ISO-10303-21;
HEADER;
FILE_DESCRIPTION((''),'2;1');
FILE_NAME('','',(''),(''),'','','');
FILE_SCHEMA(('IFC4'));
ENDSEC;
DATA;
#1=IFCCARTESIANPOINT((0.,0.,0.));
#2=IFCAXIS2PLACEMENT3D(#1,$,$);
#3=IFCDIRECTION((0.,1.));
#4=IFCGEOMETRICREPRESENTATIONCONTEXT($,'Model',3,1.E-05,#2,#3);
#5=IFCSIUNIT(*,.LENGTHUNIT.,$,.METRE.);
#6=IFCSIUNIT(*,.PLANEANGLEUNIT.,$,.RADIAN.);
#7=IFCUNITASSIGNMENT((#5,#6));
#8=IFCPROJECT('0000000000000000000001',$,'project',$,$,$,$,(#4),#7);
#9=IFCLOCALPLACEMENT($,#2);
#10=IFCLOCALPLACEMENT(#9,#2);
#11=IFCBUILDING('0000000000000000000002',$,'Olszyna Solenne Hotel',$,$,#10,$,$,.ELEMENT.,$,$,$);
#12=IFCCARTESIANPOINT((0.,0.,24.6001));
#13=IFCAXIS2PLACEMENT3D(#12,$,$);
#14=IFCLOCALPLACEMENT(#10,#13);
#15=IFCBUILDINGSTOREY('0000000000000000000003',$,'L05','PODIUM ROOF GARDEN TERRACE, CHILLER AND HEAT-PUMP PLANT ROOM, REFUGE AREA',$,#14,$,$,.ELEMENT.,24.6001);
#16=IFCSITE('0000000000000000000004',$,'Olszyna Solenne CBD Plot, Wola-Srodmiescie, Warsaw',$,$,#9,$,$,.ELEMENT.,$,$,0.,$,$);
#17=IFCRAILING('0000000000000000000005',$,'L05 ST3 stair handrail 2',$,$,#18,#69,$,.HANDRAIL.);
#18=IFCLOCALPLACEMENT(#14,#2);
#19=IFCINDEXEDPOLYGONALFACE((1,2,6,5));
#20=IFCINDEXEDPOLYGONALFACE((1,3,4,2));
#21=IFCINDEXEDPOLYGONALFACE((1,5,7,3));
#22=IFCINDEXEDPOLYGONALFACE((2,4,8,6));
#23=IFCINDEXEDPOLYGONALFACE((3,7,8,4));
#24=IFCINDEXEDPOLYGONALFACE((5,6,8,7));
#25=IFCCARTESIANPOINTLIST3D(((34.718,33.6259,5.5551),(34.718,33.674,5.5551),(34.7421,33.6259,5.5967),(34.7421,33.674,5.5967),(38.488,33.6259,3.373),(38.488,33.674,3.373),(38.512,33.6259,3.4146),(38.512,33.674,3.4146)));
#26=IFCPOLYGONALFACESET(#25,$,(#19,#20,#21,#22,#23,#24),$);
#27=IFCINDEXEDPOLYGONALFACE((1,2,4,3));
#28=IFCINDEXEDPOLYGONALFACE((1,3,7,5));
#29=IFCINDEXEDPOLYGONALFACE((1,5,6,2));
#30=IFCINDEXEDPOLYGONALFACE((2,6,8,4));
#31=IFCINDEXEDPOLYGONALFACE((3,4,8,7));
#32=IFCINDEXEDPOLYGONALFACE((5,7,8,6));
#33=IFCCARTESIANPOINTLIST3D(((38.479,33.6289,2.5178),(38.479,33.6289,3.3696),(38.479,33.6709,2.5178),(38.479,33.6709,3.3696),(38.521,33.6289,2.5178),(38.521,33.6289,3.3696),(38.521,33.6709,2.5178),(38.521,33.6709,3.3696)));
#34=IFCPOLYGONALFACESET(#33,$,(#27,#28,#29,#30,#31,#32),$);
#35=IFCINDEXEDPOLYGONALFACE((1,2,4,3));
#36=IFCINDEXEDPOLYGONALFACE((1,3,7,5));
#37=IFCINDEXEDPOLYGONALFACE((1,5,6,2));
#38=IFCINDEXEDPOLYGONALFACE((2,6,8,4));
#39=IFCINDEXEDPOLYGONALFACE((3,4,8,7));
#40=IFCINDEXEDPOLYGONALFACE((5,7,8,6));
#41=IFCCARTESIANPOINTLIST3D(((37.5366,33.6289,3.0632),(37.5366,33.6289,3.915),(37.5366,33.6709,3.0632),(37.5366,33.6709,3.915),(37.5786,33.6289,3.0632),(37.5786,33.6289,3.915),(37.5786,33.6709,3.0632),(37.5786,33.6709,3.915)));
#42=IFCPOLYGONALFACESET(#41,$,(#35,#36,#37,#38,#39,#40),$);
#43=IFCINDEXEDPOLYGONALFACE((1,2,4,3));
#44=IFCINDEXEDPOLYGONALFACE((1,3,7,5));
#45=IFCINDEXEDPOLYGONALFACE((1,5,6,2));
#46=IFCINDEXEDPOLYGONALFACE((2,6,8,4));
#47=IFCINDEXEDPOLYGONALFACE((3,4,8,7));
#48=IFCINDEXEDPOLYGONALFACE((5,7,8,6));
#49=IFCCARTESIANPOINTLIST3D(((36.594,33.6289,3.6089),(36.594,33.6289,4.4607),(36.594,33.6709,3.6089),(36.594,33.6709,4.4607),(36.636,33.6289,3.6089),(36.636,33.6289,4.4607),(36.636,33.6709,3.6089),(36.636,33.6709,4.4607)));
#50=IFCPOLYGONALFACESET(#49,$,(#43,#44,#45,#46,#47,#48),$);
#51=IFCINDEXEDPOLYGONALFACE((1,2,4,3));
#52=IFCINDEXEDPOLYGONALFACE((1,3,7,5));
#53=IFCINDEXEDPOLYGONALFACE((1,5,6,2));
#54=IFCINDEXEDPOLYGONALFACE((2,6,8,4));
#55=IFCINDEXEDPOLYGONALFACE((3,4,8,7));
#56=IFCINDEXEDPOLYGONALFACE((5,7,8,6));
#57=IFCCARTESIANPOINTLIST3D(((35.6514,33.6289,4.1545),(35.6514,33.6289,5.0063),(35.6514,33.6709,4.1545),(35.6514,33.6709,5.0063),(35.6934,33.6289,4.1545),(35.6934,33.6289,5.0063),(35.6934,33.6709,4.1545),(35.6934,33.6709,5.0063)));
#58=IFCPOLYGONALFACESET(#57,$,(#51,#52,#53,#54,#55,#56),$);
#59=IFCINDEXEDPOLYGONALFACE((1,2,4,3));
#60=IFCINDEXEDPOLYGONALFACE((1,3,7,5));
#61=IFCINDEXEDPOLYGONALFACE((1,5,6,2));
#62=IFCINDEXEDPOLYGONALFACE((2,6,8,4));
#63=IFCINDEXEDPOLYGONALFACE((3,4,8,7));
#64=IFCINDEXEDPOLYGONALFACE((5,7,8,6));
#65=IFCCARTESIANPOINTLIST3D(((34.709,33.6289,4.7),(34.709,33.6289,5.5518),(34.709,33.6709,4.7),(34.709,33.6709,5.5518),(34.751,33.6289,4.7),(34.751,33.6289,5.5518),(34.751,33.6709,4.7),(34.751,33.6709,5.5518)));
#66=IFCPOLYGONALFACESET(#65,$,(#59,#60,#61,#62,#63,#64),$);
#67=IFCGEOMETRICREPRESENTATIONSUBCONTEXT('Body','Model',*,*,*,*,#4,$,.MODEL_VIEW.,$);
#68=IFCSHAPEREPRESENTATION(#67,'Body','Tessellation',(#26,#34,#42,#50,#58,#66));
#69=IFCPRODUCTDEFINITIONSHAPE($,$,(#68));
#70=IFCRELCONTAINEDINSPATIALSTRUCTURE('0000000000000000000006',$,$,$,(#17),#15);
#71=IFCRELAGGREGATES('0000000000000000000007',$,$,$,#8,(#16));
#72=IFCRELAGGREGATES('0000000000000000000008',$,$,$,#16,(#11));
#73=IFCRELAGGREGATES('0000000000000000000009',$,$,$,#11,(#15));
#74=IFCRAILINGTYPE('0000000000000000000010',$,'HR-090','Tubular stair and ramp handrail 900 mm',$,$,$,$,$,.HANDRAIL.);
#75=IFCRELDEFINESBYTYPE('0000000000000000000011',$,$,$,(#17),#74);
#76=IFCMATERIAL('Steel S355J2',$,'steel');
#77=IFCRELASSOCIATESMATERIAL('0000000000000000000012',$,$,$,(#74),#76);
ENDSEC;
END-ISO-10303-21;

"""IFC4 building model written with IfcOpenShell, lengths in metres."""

from ifc_helpers import new_model, si_unit, direction, frame, origin, origin_2d, place, context, subcontext, project, spatial, rectangle, extrude, material, type_object, element, save


model = new_model("IFC4")

# Units and contexts
model_context = context("Model", 3, precision=1e-05, world=origin(), true_north=direction((0.0, 1.0)))
body_context = subcontext(model_context, "Body", "Model", "MODEL_VIEW")
ifc_project = project(units=[si_unit("LENGTHUNIT", "METRE"), si_unit("PLANEANGLEUNIT", "RADIAN")], contexts=[model_context])

# Site, building, storey
site_placement = place(None, origin())
site = spatial("IfcSite", under=ifc_project, at=site_placement, Name="Olszyna Solenne CBD Plot, Wola-Srodmiescie, Warsaw", CompositionType="ELEMENT", RefElevation=0.0)
building_placement = place(site_placement, origin())
building = spatial("IfcBuilding", under=site, at=building_placement, Name="Olszyna Solenne Hotel", CompositionType="ELEMENT")
storey_placement = place(building_placement, frame((0.0, 0.0, 24.6001)))
storey = spatial("IfcBuildingStorey", under=building, at=storey_placement, Name="L05", Description="PODIUM ROOF GARDEN TERRACE, CHILLER AND HEAT-PUMP PLANT ROOM, REFUGE AREA", CompositionType="ELEMENT", Elevation=24.6001)

# Shared definitions
ifc_material_1 = material(Name="Steel S355J2", Category="steel")

# Railing
railing_type_1 = type_object("IfcRailingType", Name="HR-090", Description="Tubular stair and ramp handrail 900 mm", PredefinedType="HANDRAIL", material=ifc_material_1)
railing_1_placement = place(storey_placement, frame((38.5, 33.6499, 2.5178)))
element("IfcRailing", 1, at=railing_1_placement, inside=storey, type_object=railing_type_1, Name="L05 ST3 stair handrail 2", PredefinedType="HANDRAIL", context=body_context, shape_type="SweptSolid", body=[
    extrude(rectangle(XDim=0.0481, YDim=0.0481, at=origin_2d()), frame((0.0, 0.0, 0.876), z_axis=(-0.865477, 0.0, 0.500948), x_axis=(0.0, -1.0, 0.0)), (0.0, 0.0, 1.0), 4.356),
    extrude(rectangle(XDim=0.042, YDim=0.042, at=origin_2d()), origin(), (0.0, 0.0, 1.0), 0.8518),
    extrude(rectangle(XDim=0.042, YDim=0.042, at=origin_2d()), frame((-0.9424, 0.0, 0.5454)), (0.0, 0.0, 1.0), 0.8518),
    extrude(rectangle(XDim=0.042, YDim=0.042, at=origin_2d()), frame((-1.885, 0.0, 1.0911)), (0.0, 0.0, 1.0), 0.8518),
    extrude(rectangle(XDim=0.042, YDim=0.042, at=origin_2d()), frame((-2.8276, 0.0, 1.6367)), (0.0, 0.0, 1.0), 0.8518),
    extrude(rectangle(XDim=0.042, YDim=0.042, at=origin_2d()), frame((-3.77, 0.0, 2.1821)), (0.0, 0.0, 1.0), 0.8518),
])

save(model, "model.ifc")
